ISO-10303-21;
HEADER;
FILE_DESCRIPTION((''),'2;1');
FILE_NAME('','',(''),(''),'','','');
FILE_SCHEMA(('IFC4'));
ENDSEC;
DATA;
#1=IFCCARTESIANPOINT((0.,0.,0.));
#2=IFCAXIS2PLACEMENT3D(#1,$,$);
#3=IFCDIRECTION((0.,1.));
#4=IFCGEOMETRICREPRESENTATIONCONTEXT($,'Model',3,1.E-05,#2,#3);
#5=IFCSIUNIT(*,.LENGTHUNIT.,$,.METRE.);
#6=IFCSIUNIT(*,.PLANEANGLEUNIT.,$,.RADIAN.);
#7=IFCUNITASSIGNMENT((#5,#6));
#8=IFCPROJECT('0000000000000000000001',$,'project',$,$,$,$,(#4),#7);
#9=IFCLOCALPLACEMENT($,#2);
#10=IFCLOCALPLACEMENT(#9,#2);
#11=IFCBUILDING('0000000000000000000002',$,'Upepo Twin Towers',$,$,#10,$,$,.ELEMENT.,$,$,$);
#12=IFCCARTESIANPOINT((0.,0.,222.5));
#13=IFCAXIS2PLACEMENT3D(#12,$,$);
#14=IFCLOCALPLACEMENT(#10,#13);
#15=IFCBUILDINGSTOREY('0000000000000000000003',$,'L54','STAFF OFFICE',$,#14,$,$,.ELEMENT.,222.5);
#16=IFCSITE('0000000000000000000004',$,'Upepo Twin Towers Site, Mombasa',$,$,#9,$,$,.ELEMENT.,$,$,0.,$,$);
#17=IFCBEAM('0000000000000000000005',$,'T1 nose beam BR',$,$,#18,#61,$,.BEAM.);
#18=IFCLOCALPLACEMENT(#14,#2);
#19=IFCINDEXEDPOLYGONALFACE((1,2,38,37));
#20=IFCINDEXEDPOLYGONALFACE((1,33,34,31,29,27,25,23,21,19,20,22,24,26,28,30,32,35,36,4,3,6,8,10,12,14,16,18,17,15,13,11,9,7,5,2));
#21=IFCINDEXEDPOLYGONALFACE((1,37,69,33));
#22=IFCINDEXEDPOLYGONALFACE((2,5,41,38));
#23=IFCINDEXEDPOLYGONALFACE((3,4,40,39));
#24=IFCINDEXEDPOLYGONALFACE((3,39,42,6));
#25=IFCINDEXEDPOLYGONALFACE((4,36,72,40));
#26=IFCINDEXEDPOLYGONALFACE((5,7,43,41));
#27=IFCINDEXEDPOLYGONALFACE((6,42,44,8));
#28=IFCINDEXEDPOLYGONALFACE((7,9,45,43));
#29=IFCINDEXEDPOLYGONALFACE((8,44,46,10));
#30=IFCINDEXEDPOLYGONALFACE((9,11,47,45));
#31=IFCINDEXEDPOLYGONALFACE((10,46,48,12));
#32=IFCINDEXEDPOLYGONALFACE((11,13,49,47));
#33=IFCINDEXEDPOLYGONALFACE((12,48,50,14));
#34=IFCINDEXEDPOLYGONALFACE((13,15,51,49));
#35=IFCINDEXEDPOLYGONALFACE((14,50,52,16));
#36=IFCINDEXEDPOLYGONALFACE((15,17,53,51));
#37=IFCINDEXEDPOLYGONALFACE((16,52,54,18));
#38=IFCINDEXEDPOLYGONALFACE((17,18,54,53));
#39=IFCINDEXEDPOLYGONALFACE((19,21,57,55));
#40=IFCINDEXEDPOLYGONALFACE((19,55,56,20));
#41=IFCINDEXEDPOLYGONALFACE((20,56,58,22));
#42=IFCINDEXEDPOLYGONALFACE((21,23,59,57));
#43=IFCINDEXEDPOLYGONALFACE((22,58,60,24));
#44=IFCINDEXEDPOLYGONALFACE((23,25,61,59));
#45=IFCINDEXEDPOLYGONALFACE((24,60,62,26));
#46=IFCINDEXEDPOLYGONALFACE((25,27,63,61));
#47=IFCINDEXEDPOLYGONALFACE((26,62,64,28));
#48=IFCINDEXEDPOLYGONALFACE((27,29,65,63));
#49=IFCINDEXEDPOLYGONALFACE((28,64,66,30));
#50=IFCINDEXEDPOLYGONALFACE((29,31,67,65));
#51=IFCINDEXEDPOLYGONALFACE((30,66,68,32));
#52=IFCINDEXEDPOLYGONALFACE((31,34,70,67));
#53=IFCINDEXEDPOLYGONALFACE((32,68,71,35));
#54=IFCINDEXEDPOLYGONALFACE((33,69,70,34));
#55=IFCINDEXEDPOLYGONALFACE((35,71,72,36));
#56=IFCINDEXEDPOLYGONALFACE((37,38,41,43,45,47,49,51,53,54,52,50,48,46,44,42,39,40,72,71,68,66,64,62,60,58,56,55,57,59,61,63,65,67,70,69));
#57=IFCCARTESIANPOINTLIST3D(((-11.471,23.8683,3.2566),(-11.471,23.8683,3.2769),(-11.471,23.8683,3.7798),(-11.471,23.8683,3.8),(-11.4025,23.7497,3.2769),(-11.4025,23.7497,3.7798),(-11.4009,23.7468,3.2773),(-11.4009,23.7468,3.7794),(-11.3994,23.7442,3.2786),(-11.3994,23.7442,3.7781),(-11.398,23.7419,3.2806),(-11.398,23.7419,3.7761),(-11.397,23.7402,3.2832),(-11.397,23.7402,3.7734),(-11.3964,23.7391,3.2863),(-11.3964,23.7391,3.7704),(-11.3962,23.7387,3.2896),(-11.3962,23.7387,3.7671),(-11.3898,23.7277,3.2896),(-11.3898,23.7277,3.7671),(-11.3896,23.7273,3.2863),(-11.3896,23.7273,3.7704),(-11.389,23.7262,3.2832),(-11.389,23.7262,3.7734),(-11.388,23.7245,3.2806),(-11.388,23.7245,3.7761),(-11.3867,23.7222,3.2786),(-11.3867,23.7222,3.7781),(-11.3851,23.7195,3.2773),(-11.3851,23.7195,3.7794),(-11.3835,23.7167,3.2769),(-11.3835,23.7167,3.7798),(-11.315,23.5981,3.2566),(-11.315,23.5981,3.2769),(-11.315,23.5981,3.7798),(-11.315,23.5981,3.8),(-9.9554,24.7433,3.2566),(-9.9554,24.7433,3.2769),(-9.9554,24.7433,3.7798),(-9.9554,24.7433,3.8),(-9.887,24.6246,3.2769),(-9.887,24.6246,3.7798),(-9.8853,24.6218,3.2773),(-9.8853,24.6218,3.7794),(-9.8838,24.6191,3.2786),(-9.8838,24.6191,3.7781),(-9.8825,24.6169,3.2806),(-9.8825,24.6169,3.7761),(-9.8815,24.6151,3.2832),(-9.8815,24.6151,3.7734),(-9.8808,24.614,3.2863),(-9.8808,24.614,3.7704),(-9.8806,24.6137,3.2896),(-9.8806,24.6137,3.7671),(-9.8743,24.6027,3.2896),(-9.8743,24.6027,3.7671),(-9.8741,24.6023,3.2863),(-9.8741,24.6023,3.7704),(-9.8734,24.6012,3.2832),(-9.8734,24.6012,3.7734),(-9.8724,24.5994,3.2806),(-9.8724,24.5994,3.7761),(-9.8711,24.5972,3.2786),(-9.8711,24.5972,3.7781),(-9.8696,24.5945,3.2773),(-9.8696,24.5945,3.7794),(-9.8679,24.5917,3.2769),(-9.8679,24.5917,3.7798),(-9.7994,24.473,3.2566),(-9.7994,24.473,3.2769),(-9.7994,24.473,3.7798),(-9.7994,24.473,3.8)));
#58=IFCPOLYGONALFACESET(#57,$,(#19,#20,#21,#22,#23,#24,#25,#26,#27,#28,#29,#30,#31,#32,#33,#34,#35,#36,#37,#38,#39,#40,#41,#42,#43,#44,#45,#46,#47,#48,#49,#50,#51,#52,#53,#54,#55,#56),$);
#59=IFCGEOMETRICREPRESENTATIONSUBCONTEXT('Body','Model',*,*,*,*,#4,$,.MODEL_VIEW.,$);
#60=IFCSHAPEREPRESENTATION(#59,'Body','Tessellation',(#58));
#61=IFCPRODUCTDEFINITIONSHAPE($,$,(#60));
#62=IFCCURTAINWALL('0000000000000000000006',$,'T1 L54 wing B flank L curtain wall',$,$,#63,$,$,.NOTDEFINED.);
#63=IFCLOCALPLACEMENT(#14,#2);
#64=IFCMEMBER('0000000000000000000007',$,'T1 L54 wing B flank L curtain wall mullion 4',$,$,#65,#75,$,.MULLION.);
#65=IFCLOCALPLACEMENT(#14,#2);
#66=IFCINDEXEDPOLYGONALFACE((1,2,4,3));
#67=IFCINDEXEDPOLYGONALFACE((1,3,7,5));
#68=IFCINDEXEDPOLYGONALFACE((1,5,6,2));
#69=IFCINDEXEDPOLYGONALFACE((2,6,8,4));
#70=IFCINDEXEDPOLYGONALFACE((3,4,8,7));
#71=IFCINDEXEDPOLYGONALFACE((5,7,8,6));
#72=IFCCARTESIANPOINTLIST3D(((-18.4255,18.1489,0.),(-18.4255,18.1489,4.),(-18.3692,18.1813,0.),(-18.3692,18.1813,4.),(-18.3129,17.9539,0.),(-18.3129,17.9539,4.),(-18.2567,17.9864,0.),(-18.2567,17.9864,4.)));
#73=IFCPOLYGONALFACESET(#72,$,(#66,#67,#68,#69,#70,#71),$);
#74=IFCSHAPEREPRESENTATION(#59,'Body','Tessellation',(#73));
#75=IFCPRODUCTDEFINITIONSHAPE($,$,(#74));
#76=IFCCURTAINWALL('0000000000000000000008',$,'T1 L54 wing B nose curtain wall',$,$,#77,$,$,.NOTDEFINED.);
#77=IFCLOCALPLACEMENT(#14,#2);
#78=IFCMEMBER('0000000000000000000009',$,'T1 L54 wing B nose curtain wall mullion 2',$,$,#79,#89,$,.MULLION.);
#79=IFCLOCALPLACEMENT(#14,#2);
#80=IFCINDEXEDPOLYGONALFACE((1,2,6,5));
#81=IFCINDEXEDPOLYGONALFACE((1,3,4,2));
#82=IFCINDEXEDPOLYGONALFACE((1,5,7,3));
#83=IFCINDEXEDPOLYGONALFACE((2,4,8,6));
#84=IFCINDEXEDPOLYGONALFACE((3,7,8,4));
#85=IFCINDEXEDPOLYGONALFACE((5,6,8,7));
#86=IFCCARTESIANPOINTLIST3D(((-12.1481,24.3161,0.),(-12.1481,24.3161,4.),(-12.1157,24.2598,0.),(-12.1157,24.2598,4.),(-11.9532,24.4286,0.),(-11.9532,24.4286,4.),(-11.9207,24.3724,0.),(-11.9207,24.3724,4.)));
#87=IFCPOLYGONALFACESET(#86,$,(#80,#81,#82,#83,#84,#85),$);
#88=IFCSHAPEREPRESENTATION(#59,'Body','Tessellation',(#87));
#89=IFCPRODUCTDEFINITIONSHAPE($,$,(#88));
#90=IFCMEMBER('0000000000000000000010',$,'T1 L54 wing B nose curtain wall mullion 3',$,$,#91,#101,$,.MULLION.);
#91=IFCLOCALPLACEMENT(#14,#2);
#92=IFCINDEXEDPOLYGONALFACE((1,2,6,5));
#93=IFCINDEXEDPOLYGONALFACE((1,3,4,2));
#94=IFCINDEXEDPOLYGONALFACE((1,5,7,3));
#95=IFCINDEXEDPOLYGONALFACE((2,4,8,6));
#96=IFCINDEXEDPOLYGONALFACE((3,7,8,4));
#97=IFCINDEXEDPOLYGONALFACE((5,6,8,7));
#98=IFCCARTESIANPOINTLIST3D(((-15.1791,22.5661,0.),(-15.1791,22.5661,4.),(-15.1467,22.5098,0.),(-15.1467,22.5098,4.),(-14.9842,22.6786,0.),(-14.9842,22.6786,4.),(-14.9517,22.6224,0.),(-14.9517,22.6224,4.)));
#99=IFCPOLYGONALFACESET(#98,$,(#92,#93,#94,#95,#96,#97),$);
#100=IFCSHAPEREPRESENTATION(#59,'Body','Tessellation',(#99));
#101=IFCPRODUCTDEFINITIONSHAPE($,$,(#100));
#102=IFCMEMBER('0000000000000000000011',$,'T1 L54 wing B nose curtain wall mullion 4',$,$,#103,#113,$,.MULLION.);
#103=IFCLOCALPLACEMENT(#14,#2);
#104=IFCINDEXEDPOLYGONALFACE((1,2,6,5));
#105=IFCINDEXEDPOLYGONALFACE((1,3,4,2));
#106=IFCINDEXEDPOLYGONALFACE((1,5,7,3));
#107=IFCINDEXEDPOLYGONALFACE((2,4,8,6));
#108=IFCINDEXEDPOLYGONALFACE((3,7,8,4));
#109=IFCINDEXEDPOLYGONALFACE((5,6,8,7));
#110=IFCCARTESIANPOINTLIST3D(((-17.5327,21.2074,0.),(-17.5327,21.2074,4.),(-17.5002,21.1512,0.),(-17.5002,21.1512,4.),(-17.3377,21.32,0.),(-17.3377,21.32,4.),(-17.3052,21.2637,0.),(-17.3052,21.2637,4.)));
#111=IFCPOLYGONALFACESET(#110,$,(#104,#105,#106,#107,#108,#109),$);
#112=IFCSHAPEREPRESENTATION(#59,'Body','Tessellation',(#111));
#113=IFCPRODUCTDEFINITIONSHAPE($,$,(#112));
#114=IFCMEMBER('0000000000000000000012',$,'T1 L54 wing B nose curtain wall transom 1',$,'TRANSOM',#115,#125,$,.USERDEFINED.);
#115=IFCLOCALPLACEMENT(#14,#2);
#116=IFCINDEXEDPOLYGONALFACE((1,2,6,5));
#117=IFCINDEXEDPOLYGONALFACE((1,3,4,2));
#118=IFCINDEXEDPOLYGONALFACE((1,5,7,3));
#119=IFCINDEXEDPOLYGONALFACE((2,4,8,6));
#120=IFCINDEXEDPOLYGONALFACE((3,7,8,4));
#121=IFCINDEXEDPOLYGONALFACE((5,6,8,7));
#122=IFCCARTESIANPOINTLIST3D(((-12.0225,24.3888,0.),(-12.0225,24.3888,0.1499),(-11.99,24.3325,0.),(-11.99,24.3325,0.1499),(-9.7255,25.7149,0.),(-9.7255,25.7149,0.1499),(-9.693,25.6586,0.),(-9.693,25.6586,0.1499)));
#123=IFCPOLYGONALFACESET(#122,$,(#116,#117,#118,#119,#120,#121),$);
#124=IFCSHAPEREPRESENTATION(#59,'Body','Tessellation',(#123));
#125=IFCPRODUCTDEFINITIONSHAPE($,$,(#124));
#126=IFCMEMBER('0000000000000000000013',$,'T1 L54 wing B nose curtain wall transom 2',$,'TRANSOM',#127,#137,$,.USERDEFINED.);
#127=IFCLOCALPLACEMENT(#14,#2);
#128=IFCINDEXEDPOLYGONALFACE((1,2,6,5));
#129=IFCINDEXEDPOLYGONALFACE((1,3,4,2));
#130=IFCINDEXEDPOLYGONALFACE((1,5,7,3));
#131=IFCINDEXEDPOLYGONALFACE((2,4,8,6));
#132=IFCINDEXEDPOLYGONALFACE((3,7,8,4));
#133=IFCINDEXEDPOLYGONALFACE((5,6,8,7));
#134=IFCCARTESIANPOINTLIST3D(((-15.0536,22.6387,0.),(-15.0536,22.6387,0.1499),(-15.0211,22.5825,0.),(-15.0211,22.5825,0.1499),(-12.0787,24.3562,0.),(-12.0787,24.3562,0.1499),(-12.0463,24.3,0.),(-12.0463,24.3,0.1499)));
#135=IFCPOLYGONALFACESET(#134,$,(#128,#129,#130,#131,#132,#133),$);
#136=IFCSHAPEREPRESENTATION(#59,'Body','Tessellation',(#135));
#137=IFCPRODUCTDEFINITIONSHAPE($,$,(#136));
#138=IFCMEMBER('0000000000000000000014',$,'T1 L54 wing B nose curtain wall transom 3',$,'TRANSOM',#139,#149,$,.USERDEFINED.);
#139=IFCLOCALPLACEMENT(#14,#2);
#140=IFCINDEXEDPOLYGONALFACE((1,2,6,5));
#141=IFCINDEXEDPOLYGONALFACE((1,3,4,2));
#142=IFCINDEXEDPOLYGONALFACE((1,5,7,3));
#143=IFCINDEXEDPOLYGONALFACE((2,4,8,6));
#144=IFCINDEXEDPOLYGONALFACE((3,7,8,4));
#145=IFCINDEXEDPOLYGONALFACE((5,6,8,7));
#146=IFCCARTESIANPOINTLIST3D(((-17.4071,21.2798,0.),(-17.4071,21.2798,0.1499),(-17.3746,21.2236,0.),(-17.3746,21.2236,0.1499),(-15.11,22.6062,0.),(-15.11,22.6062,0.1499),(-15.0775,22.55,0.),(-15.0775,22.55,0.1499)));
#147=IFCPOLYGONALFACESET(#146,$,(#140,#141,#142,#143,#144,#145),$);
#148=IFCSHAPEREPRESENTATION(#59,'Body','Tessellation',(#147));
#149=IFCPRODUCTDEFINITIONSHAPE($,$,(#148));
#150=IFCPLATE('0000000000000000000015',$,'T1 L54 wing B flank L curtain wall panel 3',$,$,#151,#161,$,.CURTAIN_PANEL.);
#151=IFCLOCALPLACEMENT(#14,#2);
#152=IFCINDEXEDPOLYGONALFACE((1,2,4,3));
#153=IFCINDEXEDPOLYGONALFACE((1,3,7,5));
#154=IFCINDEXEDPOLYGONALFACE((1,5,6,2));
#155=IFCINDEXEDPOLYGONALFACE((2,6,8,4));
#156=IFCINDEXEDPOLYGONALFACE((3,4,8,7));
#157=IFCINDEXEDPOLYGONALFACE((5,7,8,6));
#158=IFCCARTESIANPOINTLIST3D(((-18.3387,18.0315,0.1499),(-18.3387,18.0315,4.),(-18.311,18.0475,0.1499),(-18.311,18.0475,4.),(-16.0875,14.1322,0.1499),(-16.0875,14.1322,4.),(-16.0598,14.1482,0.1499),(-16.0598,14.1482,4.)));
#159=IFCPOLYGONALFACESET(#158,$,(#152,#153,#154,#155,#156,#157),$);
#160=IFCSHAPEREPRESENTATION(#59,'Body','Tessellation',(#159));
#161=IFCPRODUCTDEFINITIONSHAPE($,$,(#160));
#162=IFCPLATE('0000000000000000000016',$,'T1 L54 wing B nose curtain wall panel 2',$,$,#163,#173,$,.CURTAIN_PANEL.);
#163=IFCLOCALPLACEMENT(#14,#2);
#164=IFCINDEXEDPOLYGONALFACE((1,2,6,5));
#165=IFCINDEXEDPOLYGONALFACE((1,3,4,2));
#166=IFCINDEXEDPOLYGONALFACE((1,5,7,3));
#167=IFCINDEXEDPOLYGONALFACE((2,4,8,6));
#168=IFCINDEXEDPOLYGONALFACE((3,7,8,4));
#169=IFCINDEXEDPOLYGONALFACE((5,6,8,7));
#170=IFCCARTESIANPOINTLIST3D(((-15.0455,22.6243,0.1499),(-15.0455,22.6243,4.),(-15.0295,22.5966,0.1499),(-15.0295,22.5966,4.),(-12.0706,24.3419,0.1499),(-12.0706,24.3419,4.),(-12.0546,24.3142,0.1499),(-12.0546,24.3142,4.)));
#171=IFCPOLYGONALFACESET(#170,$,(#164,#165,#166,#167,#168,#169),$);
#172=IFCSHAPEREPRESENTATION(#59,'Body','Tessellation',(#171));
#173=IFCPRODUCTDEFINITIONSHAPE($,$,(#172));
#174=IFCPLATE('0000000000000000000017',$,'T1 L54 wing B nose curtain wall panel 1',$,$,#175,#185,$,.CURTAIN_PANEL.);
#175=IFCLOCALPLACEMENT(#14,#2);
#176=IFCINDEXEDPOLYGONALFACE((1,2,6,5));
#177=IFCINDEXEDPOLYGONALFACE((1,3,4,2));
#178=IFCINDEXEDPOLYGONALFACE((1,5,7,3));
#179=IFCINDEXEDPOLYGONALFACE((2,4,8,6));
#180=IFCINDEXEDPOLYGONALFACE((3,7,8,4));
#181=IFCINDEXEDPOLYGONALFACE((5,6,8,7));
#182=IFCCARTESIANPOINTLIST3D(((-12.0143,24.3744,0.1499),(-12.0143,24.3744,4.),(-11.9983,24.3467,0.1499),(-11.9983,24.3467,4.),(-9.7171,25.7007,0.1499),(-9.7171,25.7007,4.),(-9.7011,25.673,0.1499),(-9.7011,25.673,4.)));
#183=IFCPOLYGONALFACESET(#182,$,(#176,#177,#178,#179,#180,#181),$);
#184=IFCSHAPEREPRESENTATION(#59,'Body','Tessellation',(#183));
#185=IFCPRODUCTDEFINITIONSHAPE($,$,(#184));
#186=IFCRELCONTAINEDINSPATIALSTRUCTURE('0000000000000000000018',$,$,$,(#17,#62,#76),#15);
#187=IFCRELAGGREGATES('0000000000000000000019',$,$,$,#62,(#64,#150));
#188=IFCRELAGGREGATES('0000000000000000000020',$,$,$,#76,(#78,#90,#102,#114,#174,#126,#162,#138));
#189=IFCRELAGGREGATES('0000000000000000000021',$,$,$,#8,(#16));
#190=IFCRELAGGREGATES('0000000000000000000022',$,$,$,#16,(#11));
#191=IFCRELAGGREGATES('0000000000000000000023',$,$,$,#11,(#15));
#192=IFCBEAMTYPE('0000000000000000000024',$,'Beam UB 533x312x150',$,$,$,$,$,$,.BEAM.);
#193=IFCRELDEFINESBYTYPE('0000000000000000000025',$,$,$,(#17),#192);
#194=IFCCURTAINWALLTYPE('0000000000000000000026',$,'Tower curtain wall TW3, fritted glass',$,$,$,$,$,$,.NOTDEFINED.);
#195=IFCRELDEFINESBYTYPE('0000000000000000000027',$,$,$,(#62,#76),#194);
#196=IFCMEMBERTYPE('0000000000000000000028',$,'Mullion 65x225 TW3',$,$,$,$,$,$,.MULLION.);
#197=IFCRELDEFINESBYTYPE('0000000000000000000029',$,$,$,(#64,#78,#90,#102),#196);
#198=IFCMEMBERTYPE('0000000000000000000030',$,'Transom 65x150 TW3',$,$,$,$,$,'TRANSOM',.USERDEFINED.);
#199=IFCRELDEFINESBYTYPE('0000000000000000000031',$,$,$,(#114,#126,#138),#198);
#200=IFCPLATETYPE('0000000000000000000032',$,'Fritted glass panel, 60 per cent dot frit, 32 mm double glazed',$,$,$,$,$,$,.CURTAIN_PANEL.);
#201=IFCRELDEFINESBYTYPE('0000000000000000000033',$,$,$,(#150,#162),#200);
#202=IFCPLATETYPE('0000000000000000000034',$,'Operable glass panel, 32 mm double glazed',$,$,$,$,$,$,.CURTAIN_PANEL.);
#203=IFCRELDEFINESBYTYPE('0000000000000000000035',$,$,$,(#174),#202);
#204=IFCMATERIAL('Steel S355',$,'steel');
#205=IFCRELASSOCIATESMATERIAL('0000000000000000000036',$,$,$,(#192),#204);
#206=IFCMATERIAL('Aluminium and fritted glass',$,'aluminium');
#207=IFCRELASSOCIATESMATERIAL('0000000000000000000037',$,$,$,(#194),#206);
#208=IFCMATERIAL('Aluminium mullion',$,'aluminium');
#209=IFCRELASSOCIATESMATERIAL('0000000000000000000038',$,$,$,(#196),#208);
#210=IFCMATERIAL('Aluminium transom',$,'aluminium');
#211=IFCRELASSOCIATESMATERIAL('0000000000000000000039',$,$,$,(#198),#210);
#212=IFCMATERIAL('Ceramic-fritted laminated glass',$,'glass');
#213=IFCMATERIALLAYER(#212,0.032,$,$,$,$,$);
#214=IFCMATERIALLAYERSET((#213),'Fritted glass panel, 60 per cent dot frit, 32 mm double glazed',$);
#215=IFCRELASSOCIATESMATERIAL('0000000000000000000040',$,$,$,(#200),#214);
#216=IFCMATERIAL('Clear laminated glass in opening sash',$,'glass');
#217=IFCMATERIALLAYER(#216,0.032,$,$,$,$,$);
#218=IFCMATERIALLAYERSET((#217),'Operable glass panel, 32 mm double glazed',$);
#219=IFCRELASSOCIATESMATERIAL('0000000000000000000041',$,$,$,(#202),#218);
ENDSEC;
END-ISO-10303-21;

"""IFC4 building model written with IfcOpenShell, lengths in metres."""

from ifc_helpers import new_model, si_unit, direction, frame, origin, origin_2d, place, context, subcontext, project, spatial, rectangle, i_section, extrude, material, layer, layer_set, material_profile, profile_set, type_object, element, aggregate, save


model = new_model("IFC4")

# Units and contexts
model_context = context("Model", 3, precision=1e-05, world=origin(), true_north=direction((0.0, 1.0)))
body_context = subcontext(model_context, "Body", "Model", "MODEL_VIEW")
ifc_project = project(units=[si_unit("LENGTHUNIT", "METRE"), si_unit("PLANEANGLEUNIT", "RADIAN")], contexts=[model_context])

# Site, building, storey
site_placement = place(None, origin())
site = spatial("IfcSite", under=ifc_project, at=site_placement, Name="Upepo Twin Towers Site, Mombasa", CompositionType="ELEMENT", RefElevation=0.0)
building_placement = place(site_placement, origin())
building = spatial("IfcBuilding", under=site, at=building_placement, Name="Upepo Twin Towers", CompositionType="ELEMENT")
storey_placement = place(building_placement, frame((0.0, 0.0, 222.5)))
storey = spatial("IfcBuildingStorey", under=building, at=storey_placement, Name="L54", Description="STAFF OFFICE", CompositionType="ELEMENT", Elevation=222.5)

# Beam
ifc_material_1 = material(Name="Steel S355", Category="steel")
ifc_material_profile_1 = material_profile(ifc_material_1, i_section(OverallWidth=0.312, OverallDepth=0.5435, WebThickness=0.0127, FlangeThickness=0.0203, FilletRadius=0.0127, at=origin_2d()), Name="UB 533x312x150")
ifc_profile_set_1 = profile_set([ifc_material_profile_1], Name="Steel S355")
beam_type_1 = type_object("IfcBeamType", Name="Beam UB 533x312x150", PredefinedType="BEAM", material=ifc_profile_set_1)
for number, where, z_axis, x_axis, name in (
    (1, (-9.8774, 24.6082, 3.5283), (-0.866037, -0.49998, 0.0), (0.49998, -0.866037, 0.0), "T1 nose beam BR"),
):
    element("IfcBeam", number, at=place(storey_placement, frame(where, z_axis=z_axis, x_axis=x_axis)), inside=storey, type_object=beam_type_1, Name=name, PredefinedType="BEAM", context=body_context, shape_type="SweptSolid", body=[
        extrude(i_section(OverallWidth=0.312, OverallDepth=0.5435, WebThickness=0.0127, FlangeThickness=0.0203, FilletRadius=0.0127, at=origin_2d()), origin(), (0.0, 0.0, 1.0), 1.75),
    ])

# Curtain wall, member
ifc_material_2 = material(Name="Aluminium and fritted glass", Category="aluminium")
curtain_wall_type = type_object("IfcCurtainWallType", Name="Tower curtain wall TW3, fritted glass", PredefinedType="NOTDEFINED", material=ifc_material_2)
curtain_wall_1_placement = place(storey_placement, origin())
curtain_wall_1 = element("IfcCurtainWall", 2, at=curtain_wall_1_placement, inside=storey, type_object=curtain_wall_type, Name="T1 L54 wing B flank L curtain wall", PredefinedType="NOTDEFINED")
ifc_material_3 = material(Name="Aluminium mullion", Category="aluminium")
ifc_material_profile_2 = material_profile(ifc_material_3, rectangle(XDim=0.0649, YDim=0.2251, at=origin_2d()), Name="MULLION 65x225")
ifc_profile_set_2 = profile_set([ifc_material_profile_2], Name="Aluminium mullion")
member_type_1 = type_object("IfcMemberType", Name="Mullion 65x225 TW3", PredefinedType="MULLION", material=ifc_profile_set_2)
member_1_placement = place(storey_placement, frame((-18.3411, 18.0676, 0.0), z_axis=(0.0, 0.0, 1.0), x_axis=(-0.866025, -0.5, 0.0)))
member_1 = element("IfcMember", 3, at=member_1_placement, type_object=member_type_1, Name="T1 L54 wing B flank L curtain wall mullion 4", PredefinedType="MULLION", context=body_context, shape_type="SweptSolid", body=[
    extrude(rectangle(XDim=0.0649, YDim=0.2251, at=origin_2d()), origin(), (0.0, 0.0, 1.0), 4.0),
])

# Curtain wall, members
curtain_wall_2_placement = place(storey_placement, origin())
curtain_wall_2 = element("IfcCurtainWall", 4, at=curtain_wall_2_placement, inside=storey, type_object=curtain_wall_type, Name="T1 L54 wing B nose curtain wall", PredefinedType="NOTDEFINED")
member_2_placement = place(storey_placement, frame((-12.0344, 24.3442, 0.0), z_axis=(0.0, 0.0, 1.0), x_axis=(0.5, -0.866025, 0.0)))
member_2 = element("IfcMember", 5, at=member_2_placement, type_object=member_type_1, Name="T1 L54 wing B nose curtain wall mullion 2", PredefinedType="MULLION", context=body_context, shape_type="SweptSolid", body=[
    extrude(rectangle(XDim=0.0649, YDim=0.2251, at=origin_2d()), origin(), (0.0, 0.0, 1.0), 4.0),
])
member_3_placement = place(storey_placement, frame((-15.0654, 22.5942, 0.0), z_axis=(0.0, 0.0, 1.0), x_axis=(0.5, -0.866025, 0.0)))
member_3 = element("IfcMember", 6, at=member_3_placement, type_object=member_type_1, Name="T1 L54 wing B nose curtain wall mullion 3", PredefinedType="MULLION", context=body_context, shape_type="SweptSolid", body=[
    extrude(rectangle(XDim=0.0649, YDim=0.2251, at=origin_2d()), origin(), (0.0, 0.0, 1.0), 4.0),
])
member_4_placement = place(storey_placement, frame((-17.4189, 21.2356, 0.0), z_axis=(0.0, 0.0, 1.0), x_axis=(0.5, -0.866025, 0.0)))
member_4 = element("IfcMember", 7, at=member_4_placement, type_object=member_type_1, Name="T1 L54 wing B nose curtain wall mullion 4", PredefinedType="MULLION", context=body_context, shape_type="SweptSolid", body=[
    extrude(rectangle(XDim=0.0649, YDim=0.2251, at=origin_2d()), origin(), (0.0, 0.0, 1.0), 4.0),
])
ifc_material_4 = material(Name="Aluminium transom", Category="aluminium")
ifc_material_profile_3 = material_profile(ifc_material_4, rectangle(XDim=0.0649, YDim=0.1499, at=origin_2d()), Name="TRANSOM 65x150")
ifc_profile_set_3 = profile_set([ifc_material_profile_3], Name="Aluminium transom")
member_type_2 = type_object("IfcMemberType", Name="Transom 65x150 TW3", ElementType="TRANSOM", PredefinedType="USERDEFINED", material=ifc_profile_set_3)
member_5_placement = place(storey_placement, frame((-9.7092, 25.6868, 0.075), z_axis=(-0.866037, -0.49998, 0.0), x_axis=(0.49998, -0.866037, 0.0)))
member_5 = element("IfcMember", 8, at=member_5_placement, type_object=member_type_2, Name="T1 L54 wing B nose curtain wall transom 1", ObjectType="TRANSOM", PredefinedType="USERDEFINED", context=body_context, shape_type="SweptSolid", body=[
    extrude(rectangle(XDim=0.0649, YDim=0.1499, at=origin_2d()), origin(), (0.0, 0.0, 1.0), 2.6523),
])
member_6_placement = place(storey_placement, frame((-12.0625, 24.3281, 0.075), z_axis=(-0.866026, -0.499999, 0.0), x_axis=(0.499999, -0.866026, 0.0)))
member_6 = element("IfcMember", 9, at=member_6_placement, type_object=member_type_2, Name="T1 L54 wing B nose curtain wall transom 2", ObjectType="TRANSOM", PredefinedType="USERDEFINED", context=body_context, shape_type="SweptSolid", body=[
    extrude(rectangle(XDim=0.0649, YDim=0.1499, at=origin_2d()), origin(), (0.0, 0.0, 1.0), 3.4351),
])
member_7_placement = place(storey_placement, frame((-15.0938, 22.5781, 0.075), z_axis=(-0.865997, -0.500049, 0.0), x_axis=(0.500049, -0.865997, 0.0)))
member_7 = element("IfcMember", 10, at=member_7_placement, type_object=member_type_2, Name="T1 L54 wing B nose curtain wall transom 3", ObjectType="TRANSOM", PredefinedType="USERDEFINED", context=body_context, shape_type="SweptSolid", body=[
    extrude(rectangle(XDim=0.0649, YDim=0.1499, at=origin_2d()), origin(), (0.0, 0.0, 1.0), 2.6526),
])

# Plates
ifc_material_5 = material(Name="Ceramic-fritted laminated glass", Category="glass")
ifc_layer_1 = layer(ifc_material_5, 0.032)
ifc_layer_set_1 = layer_set([ifc_layer_1], Name="Fritted glass panel, 60 per cent dot frit, 32 mm double glazed")
plate_type_1 = type_object("IfcPlateType", Name="Fritted glass panel, 60 per cent dot frit, 32 mm double glazed", PredefinedType="CURTAIN_PANEL", material=ifc_layer_set_1)
plate_1_placement = place(storey_placement, frame((-17.1992, 16.0898, 0.1499), z_axis=(0.0, 0.0, 1.0), x_axis=(-0.5, 0.866025, 0.0)))
plate_1 = element("IfcPlate", 11, at=plate_1_placement, type_object=plate_type_1, Name="T1 L54 wing B flank L curtain wall panel 3", PredefinedType="CURTAIN_PANEL", context=body_context, shape_type="SweptSolid", body=[
    extrude(rectangle(XDim=4.5024, YDim=0.032, at=origin_2d()), origin(), (0.0, 0.0, 1.0), 3.8501),
])
aggregate(curtain_wall_1, [member_1, plate_1])
plate_2_placement = place(storey_placement, frame((-13.55, 23.4692, 0.1499), z_axis=(0.0, 0.0, 1.0), x_axis=(-0.866025, -0.5, 0.0)))
plate_2 = element("IfcPlate", 12, at=plate_2_placement, type_object=plate_type_1, Name="T1 L54 wing B nose curtain wall panel 2", PredefinedType="CURTAIN_PANEL", context=body_context, shape_type="SweptSolid", body=[
    extrude(rectangle(XDim=3.4351, YDim=0.032, at=origin_2d()), origin(), (0.0, 0.0, 1.0), 3.8501),
])
ifc_material_6 = material(Name="Clear laminated glass in opening sash", Category="glass")
ifc_layer_2 = layer(ifc_material_6, 0.032)
ifc_layer_set_2 = layer_set([ifc_layer_2], Name="Operable glass panel, 32 mm double glazed")
plate_type_2 = type_object("IfcPlateType", Name="Operable glass panel, 32 mm double glazed", PredefinedType="CURTAIN_PANEL", material=ifc_layer_set_2)
plate_3_placement = place(storey_placement, frame((-10.8577, 25.0237, 0.1499), z_axis=(0.0, 0.0, 1.0), x_axis=(-0.866025, -0.5, 0.0)))
plate_3 = element("IfcPlate", 13, at=plate_3_placement, type_object=plate_type_2, Name="T1 L54 wing B nose curtain wall panel 1", PredefinedType="CURTAIN_PANEL", context=body_context, shape_type="SweptSolid", body=[
    extrude(rectangle(XDim=2.6526, YDim=0.032, at=origin_2d()), origin(), (0.0, 0.0, 1.0), 3.8501),
])
aggregate(curtain_wall_2, [member_2, member_3, member_4, member_5, plate_3, member_6, plate_2, member_7])

save(model, "model.ifc")
